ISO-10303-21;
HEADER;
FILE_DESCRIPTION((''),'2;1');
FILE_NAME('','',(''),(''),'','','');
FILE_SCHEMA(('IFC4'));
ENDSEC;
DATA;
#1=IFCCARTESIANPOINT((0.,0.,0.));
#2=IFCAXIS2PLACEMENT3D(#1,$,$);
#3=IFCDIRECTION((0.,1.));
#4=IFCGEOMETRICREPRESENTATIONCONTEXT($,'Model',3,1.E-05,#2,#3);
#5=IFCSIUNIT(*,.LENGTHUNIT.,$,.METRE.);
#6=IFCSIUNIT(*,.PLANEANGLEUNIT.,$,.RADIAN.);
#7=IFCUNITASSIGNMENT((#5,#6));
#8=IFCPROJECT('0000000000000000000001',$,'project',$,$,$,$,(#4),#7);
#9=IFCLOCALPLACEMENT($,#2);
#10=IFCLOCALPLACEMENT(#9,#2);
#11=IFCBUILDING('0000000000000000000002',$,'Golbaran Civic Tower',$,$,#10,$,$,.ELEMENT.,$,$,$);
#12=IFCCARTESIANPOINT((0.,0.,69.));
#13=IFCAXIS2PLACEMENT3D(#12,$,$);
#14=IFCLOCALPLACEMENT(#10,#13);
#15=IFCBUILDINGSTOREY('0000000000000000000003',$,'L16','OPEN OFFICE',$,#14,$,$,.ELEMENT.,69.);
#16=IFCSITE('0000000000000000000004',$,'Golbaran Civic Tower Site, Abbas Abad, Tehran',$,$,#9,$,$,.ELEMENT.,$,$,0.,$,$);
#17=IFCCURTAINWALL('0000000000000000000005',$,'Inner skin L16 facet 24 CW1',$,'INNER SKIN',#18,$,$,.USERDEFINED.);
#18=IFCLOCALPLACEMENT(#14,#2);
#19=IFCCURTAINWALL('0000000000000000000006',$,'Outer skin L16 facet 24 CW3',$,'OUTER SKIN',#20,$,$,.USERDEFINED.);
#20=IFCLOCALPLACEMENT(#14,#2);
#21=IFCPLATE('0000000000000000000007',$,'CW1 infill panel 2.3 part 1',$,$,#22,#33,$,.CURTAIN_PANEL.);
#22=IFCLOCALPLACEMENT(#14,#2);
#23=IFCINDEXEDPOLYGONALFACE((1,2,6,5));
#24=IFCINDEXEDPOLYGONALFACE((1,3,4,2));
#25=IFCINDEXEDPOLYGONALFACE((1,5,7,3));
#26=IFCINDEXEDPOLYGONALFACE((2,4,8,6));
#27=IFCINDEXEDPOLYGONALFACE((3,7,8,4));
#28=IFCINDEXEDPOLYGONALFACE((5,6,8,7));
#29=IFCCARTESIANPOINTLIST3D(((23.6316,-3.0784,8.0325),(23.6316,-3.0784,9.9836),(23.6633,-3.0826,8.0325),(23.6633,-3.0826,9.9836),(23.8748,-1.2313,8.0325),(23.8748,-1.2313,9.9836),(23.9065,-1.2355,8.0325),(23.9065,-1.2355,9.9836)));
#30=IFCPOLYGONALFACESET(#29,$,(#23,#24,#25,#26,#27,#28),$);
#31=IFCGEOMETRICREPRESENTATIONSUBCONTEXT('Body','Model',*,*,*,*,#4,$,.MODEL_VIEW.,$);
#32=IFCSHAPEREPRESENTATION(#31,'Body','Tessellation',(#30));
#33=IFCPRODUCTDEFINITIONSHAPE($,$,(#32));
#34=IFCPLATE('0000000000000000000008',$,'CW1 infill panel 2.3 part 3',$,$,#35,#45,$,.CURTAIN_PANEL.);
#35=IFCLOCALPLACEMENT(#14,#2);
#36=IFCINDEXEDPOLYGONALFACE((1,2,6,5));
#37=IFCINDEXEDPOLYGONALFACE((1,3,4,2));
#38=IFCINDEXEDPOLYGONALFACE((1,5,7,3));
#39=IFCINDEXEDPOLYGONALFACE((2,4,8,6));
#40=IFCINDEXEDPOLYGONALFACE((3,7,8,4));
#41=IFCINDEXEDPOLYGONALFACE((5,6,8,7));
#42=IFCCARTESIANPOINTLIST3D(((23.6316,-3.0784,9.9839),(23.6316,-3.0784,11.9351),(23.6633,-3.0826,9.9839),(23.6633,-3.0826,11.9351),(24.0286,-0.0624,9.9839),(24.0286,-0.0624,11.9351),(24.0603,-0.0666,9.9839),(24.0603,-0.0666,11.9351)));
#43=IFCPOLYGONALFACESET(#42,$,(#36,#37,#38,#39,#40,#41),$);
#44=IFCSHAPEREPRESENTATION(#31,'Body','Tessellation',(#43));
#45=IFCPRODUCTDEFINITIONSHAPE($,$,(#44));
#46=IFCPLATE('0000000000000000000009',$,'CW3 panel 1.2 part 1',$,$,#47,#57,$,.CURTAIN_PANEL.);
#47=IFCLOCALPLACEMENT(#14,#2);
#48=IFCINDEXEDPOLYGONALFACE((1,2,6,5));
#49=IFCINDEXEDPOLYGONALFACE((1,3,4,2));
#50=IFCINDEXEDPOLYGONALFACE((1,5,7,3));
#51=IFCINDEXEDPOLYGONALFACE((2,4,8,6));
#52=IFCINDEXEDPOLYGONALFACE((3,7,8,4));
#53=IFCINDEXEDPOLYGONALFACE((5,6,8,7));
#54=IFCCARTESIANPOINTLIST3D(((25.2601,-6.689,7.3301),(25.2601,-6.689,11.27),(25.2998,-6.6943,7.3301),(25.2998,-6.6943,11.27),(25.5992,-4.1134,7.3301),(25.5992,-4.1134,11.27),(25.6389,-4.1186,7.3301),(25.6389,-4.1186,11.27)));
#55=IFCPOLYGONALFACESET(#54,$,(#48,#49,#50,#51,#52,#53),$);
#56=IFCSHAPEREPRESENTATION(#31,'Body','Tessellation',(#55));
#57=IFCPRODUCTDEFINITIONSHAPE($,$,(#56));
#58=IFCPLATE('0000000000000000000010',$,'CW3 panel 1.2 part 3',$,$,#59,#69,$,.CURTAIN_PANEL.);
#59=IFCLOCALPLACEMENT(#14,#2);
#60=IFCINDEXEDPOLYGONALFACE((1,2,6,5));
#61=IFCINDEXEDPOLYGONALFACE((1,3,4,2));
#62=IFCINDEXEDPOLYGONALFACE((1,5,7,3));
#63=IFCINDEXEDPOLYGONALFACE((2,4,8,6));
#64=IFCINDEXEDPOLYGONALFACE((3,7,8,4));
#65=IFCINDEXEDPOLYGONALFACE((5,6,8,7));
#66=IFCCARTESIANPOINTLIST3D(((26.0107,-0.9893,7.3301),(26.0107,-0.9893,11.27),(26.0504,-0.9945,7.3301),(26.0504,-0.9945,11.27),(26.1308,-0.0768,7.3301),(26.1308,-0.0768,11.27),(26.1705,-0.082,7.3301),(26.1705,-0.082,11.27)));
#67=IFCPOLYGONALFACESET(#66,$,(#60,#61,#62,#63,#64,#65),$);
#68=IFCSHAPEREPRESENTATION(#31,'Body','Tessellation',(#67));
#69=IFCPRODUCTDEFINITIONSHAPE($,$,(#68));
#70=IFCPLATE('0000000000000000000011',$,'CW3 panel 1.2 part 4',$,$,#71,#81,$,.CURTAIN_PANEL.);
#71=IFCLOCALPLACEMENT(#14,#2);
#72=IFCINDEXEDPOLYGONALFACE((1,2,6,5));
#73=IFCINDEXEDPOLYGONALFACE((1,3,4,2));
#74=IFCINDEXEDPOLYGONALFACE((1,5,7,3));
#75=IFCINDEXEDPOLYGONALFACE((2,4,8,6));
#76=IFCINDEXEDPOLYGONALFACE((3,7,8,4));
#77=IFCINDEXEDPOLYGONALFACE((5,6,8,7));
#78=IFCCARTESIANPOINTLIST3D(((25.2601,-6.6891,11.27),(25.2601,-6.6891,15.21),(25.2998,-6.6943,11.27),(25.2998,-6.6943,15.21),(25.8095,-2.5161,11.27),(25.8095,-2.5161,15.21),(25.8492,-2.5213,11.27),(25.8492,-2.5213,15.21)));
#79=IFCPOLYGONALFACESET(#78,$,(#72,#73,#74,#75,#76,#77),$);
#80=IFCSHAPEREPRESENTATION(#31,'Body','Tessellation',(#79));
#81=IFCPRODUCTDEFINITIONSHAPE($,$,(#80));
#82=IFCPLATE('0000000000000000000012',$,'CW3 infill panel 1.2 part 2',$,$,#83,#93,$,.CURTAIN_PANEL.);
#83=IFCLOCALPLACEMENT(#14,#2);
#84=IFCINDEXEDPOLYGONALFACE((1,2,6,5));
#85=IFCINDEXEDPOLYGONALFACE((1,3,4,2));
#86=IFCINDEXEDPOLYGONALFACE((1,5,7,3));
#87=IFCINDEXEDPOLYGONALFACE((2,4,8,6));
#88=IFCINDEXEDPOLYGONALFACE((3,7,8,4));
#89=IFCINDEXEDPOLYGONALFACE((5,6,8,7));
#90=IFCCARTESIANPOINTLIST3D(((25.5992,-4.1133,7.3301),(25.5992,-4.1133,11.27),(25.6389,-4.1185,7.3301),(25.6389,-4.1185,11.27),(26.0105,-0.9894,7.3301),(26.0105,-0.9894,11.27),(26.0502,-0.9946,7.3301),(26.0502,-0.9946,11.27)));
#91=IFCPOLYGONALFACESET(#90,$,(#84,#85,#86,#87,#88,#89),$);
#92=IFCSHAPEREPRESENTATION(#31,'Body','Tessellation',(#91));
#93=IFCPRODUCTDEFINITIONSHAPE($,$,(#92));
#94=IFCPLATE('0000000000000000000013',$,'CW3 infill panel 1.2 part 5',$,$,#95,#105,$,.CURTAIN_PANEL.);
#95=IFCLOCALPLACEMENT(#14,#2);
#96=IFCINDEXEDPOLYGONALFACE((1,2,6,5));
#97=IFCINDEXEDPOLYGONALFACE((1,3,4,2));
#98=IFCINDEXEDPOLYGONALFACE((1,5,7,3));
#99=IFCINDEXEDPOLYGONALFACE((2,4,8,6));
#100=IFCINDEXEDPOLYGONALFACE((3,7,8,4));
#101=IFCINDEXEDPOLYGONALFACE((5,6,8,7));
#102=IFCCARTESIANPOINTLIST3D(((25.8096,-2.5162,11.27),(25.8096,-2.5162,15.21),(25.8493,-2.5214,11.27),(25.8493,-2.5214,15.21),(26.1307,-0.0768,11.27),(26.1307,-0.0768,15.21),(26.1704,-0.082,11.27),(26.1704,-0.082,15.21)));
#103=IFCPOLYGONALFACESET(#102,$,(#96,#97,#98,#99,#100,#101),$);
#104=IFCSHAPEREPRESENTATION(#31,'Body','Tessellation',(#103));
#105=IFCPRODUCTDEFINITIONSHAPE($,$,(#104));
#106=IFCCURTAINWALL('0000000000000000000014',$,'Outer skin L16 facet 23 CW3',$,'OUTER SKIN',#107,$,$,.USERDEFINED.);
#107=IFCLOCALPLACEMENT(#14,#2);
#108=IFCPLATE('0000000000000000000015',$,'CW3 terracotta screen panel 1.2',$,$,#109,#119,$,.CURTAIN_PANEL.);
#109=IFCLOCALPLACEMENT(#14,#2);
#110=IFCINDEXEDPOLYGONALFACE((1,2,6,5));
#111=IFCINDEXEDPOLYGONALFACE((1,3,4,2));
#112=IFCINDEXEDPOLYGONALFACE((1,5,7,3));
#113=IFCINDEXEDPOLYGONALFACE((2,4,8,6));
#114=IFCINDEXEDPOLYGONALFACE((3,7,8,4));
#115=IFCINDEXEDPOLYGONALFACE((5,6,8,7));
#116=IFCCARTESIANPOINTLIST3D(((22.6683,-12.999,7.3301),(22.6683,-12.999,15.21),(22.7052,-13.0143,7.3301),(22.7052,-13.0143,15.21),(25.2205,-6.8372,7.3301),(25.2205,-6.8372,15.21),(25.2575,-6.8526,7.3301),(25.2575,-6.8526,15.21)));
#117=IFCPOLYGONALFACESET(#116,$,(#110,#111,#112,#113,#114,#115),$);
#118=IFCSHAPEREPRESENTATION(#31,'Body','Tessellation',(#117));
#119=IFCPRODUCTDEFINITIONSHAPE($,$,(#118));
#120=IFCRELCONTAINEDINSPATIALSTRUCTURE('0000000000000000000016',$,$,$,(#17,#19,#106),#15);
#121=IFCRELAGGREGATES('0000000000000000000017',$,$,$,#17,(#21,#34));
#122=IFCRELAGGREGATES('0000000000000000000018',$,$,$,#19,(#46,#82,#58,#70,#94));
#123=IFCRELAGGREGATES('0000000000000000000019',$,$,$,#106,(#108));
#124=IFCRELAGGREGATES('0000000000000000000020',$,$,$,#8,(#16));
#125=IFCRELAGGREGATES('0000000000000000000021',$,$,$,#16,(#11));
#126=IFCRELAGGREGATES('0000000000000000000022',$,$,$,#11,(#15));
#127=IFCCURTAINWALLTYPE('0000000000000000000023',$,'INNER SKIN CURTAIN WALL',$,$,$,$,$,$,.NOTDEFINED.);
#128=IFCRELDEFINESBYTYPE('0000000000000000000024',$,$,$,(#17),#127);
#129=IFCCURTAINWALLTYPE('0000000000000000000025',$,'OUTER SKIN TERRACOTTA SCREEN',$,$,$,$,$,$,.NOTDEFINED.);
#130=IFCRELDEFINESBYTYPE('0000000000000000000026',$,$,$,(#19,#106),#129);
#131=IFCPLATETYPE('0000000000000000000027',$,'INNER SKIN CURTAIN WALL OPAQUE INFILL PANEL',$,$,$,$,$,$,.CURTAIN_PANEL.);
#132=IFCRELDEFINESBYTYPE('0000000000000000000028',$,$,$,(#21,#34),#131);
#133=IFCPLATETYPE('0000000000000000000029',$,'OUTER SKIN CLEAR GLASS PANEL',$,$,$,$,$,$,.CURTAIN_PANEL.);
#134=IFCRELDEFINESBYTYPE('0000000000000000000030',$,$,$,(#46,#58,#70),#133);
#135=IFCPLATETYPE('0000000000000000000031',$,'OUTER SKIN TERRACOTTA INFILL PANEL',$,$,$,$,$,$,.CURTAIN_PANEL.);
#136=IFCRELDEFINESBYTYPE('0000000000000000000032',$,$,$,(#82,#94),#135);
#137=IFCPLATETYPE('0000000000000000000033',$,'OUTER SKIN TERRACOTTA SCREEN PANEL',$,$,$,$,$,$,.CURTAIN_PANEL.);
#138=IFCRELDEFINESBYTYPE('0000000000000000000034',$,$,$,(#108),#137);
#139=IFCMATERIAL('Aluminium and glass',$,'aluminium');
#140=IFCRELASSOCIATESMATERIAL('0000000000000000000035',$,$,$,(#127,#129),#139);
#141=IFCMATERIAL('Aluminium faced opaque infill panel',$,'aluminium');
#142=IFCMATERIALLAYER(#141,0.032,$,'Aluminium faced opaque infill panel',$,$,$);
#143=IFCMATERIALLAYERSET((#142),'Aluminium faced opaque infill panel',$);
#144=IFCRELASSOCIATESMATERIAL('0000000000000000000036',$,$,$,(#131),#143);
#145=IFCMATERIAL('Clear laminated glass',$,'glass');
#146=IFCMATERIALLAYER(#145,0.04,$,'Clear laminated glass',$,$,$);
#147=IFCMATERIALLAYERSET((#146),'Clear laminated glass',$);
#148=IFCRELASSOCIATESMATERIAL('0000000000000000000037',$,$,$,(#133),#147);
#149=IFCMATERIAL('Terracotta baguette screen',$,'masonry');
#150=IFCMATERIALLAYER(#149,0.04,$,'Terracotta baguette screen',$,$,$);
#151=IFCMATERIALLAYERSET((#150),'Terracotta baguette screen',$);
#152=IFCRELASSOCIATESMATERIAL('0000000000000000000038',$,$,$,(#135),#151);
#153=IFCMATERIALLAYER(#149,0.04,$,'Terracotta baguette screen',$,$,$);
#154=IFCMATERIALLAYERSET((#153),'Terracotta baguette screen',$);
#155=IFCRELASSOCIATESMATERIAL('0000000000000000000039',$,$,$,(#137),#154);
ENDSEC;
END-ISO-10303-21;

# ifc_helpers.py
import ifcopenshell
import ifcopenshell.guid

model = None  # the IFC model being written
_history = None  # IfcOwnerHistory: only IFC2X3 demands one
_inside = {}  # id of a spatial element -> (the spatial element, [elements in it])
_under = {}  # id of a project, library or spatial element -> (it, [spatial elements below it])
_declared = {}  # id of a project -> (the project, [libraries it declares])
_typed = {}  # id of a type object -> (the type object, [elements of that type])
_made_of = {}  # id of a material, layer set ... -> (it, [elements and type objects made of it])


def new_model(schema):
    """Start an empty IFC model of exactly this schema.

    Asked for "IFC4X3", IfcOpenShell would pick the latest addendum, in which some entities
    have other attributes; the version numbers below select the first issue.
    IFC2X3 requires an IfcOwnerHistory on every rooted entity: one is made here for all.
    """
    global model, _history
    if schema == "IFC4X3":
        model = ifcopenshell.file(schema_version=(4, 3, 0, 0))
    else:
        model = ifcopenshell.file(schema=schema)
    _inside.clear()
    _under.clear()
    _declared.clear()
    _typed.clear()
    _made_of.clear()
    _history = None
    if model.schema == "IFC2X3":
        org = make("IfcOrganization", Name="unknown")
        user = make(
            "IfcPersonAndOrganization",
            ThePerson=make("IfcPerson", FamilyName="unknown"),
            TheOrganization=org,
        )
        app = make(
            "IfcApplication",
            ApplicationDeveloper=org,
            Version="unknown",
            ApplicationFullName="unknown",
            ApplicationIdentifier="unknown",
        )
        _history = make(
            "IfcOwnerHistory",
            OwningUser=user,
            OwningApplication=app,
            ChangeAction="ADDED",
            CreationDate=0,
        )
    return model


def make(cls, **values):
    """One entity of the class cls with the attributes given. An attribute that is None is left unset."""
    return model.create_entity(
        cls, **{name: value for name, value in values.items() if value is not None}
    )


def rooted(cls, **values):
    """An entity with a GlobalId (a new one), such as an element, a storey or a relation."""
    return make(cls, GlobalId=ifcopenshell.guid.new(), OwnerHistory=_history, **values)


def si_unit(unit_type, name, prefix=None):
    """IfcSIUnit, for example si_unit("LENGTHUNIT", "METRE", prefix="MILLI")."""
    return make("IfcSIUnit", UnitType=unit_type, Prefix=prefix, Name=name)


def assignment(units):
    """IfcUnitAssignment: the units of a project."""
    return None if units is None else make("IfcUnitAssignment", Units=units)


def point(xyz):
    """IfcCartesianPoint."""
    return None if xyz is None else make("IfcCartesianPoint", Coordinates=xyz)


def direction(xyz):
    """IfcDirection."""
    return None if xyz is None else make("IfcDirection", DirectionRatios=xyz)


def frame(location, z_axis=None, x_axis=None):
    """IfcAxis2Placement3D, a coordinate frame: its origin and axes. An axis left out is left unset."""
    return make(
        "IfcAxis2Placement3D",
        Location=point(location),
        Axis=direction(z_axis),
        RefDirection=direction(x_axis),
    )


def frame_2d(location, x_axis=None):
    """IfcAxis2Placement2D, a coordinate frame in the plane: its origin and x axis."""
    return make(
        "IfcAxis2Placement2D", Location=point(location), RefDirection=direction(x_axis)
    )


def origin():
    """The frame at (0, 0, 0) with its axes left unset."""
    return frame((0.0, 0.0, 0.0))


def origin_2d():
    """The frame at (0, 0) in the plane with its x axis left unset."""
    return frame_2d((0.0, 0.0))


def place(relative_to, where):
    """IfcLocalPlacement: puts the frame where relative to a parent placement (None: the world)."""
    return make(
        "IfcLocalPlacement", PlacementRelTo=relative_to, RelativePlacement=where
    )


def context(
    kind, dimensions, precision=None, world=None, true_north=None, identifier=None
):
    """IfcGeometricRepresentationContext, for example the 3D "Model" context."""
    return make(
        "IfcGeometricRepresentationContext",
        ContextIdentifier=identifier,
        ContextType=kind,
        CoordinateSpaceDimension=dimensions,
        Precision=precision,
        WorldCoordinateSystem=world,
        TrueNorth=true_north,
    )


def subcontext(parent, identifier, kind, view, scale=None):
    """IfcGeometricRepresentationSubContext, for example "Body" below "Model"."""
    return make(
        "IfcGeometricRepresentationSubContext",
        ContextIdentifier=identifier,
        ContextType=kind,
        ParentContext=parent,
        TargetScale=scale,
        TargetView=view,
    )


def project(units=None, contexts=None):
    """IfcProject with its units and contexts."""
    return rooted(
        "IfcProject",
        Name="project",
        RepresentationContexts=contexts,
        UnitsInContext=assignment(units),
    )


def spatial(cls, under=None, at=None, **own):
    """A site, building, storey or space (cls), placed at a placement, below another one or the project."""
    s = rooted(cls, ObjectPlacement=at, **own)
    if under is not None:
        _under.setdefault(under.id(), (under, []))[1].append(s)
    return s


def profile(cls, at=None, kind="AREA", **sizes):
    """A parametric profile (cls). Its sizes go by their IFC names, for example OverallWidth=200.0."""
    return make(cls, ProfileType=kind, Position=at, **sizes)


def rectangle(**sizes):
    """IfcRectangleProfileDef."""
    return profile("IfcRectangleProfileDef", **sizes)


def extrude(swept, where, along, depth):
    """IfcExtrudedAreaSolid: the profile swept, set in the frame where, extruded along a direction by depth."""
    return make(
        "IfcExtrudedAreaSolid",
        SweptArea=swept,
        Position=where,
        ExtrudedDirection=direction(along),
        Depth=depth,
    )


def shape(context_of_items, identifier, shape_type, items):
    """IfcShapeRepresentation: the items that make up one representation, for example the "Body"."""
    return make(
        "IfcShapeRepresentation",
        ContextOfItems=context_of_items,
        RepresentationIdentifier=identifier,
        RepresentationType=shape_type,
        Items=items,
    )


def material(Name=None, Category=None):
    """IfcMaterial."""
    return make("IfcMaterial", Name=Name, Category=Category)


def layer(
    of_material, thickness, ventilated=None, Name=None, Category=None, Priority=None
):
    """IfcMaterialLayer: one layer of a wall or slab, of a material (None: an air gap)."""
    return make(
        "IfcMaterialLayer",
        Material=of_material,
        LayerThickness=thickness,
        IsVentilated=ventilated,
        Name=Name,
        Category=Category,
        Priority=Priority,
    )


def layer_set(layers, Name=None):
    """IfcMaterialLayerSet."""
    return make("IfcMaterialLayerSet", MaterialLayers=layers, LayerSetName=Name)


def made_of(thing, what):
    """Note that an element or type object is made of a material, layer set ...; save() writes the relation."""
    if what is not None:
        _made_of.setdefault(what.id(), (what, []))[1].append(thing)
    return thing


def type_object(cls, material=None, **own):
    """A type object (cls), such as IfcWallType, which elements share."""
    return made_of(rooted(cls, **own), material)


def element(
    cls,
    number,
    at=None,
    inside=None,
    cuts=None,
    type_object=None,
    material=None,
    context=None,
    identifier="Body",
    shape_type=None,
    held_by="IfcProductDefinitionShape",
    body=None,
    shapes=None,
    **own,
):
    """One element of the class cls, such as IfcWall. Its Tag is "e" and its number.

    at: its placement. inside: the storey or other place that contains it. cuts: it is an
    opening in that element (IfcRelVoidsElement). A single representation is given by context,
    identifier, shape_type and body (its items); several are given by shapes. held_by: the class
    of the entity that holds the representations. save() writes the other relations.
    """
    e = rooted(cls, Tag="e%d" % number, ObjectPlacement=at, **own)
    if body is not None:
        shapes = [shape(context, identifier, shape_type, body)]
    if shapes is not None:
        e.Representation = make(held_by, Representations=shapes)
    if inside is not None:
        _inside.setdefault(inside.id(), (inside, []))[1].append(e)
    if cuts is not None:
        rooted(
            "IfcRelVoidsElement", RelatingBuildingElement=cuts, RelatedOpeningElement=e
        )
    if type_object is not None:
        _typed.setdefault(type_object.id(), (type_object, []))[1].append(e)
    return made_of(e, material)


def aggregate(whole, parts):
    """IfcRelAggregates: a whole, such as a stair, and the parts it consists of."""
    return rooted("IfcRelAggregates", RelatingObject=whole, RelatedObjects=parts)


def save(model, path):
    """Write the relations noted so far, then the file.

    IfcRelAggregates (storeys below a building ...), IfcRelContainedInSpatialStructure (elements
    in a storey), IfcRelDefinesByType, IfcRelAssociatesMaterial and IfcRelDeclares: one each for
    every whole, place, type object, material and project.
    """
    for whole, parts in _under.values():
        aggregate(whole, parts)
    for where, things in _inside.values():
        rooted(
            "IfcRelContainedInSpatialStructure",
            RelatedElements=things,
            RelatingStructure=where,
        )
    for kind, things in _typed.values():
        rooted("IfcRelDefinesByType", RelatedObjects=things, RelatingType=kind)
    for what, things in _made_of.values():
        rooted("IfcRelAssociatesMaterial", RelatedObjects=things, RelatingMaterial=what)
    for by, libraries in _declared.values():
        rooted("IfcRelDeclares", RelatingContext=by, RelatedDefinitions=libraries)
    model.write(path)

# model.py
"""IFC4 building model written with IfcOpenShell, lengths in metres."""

from ifc_helpers import new_model, si_unit, direction, frame, origin, origin_2d, place, context, subcontext, project, spatial, rectangle, extrude, material, layer, layer_set, type_object, element, aggregate, save


model = new_model("IFC4")

# Units and contexts
model_context = context("Model", 3, precision=1e-05, world=origin(), true_north=direction((0.0, 1.0)))
body_context = subcontext(model_context, "Body", "Model", "MODEL_VIEW")
ifc_project = project(units=[si_unit("LENGTHUNIT", "METRE"), si_unit("PLANEANGLEUNIT", "RADIAN")], contexts=[model_context])

# Site, building, storey
site_placement = place(None, origin())
site = spatial("IfcSite", under=ifc_project, at=site_placement, Name="Golbaran Civic Tower Site, Abbas Abad, Tehran", CompositionType="ELEMENT", RefElevation=0.0)
building_placement = place(site_placement, origin())
building = spatial("IfcBuilding", under=site, at=building_placement, Name="Golbaran Civic Tower", CompositionType="ELEMENT")
storey_placement = place(building_placement, frame((0.0, 0.0, 69.0)))
storey = spatial("IfcBuildingStorey", under=building, at=storey_placement, Name="L16", Description="OPEN OFFICE", CompositionType="ELEMENT", Elevation=69.0)

# Curtain walls
ifc_material_1 = material(Name="Aluminium and glass", Category="aluminium")
curtain_wall_type_1 = type_object("IfcCurtainWallType", Name="INNER SKIN CURTAIN WALL", PredefinedType="NOTDEFINED", material=ifc_material_1)
curtain_wall_1_placement = place(storey_placement, origin())
curtain_wall_1 = element("IfcCurtainWall", 1, at=curtain_wall_1_placement, inside=storey, type_object=curtain_wall_type_1, Name="Inner skin L16 facet 24 CW1", ObjectType="INNER SKIN", PredefinedType="USERDEFINED")
curtain_wall_type_2 = type_object("IfcCurtainWallType", Name="OUTER SKIN TERRACOTTA SCREEN", PredefinedType="NOTDEFINED", material=ifc_material_1)
curtain_wall_2_placement = place(storey_placement, origin())
curtain_wall_2 = element("IfcCurtainWall", 2, at=curtain_wall_2_placement, inside=storey, type_object=curtain_wall_type_2, Name="Outer skin L16 facet 24 CW3", ObjectType="OUTER SKIN", PredefinedType="USERDEFINED")

# Plates
ifc_material_2 = material(Name="Aluminium faced opaque infill panel", Category="aluminium")
ifc_layer_1 = layer(ifc_material_2, 0.032, Name="Aluminium faced opaque infill panel")
ifc_layer_set_1 = layer_set([ifc_layer_1], Name="Aluminium faced opaque infill panel")
plate_type_1 = type_object("IfcPlateType", Name="INNER SKIN CURTAIN WALL OPAQUE INFILL PANEL", PredefinedType="CURTAIN_PANEL", material=ifc_layer_set_1)
plate_1_placement = place(storey_placement, frame((23.769, -2.157, 8.0325), z_axis=(0.0, 0.0, 1.0), x_axis=(0.130526, 0.991445, 0.0)))
plate_1 = element("IfcPlate", 3, at=plate_1_placement, type_object=plate_type_1, Name="CW1 infill panel 2.3 part 1", PredefinedType="CURTAIN_PANEL", context=body_context, shape_type="SweptSolid", body=[
    extrude(rectangle(XDim=1.863, YDim=0.032, at=origin_2d()), origin(), (0.0, 0.0, 1.0), 1.9512),
])
plate_2_placement = place(storey_placement, frame((23.8459, -1.5725, 9.9839), z_axis=(0.0, 0.0, 1.0), x_axis=(0.130526, 0.991445, 0.0)))
plate_2 = element("IfcPlate", 4, at=plate_2_placement, type_object=plate_type_1, Name="CW1 infill panel 2.3 part 3", PredefinedType="CURTAIN_PANEL", context=body_context, shape_type="SweptSolid", body=[
    extrude(rectangle(XDim=3.042, YDim=0.032, at=origin_2d()), origin(), (0.0, 0.0, 1.0), 1.9512),
])
aggregate(curtain_wall_1, [plate_1, plate_2])
ifc_material_3 = material(Name="Clear laminated glass", Category="glass")
ifc_layer_2 = layer(ifc_material_3, 0.04, Name="Clear laminated glass")
ifc_layer_set_2 = layer_set([ifc_layer_2], Name="Clear laminated glass")
plate_type_2 = type_object("IfcPlateType", Name="OUTER SKIN CLEAR GLASS PANEL", PredefinedType="CURTAIN_PANEL", material=ifc_layer_set_2)
plate_3_placement = place(storey_placement, frame((25.4495, -5.4038, 7.3301), z_axis=(0.0, 0.0, 1.0), x_axis=(0.130526, 0.991445, 0.0)))
plate_3 = element("IfcPlate", 5, at=plate_3_placement, type_object=plate_type_2, Name="CW3 panel 1.2 part 1", PredefinedType="CURTAIN_PANEL", context=body_context, shape_type="SweptSolid", body=[
    extrude(rectangle(XDim=2.5979, YDim=0.04, at=origin_2d()), origin(), (0.0, 0.0, 1.0), 3.9399),
])
plate_4_placement = place(storey_placement, frame((26.0906, -0.5356, 7.3301), z_axis=(0.0, 0.0, 1.0), x_axis=(0.130526, 0.991445, 0.0)))
plate_4 = element("IfcPlate", 6, at=plate_4_placement, type_object=plate_type_2, Name="CW3 panel 1.2 part 3", PredefinedType="CURTAIN_PANEL", context=body_context, shape_type="SweptSolid", body=[
    extrude(rectangle(XDim=0.9204, YDim=0.04, at=origin_2d()), origin(), (0.0, 0.0, 1.0), 3.9399),
])
plate_5_placement = place(storey_placement, frame((25.5547, -4.6052, 11.27), z_axis=(0.0, 0.0, 1.0), x_axis=(0.130526, 0.991445, 0.0)))
plate_5 = element("IfcPlate", 7, at=plate_5_placement, type_object=plate_type_2, Name="CW3 panel 1.2 part 4", PredefinedType="CURTAIN_PANEL", context=body_context, shape_type="SweptSolid", body=[
    extrude(rectangle(XDim=4.209, YDim=0.04, at=origin_2d()), origin(), (0.0, 0.0, 1.0), 3.9399),
])
ifc_material_4 = material(Name="Terracotta baguette screen", Category="masonry")
ifc_layer_3 = layer(ifc_material_4, 0.04, Name="Terracotta baguette screen")
ifc_layer_set_3 = layer_set([ifc_layer_3], Name="Terracotta baguette screen")
plate_type_3 = type_object("IfcPlateType", Name="OUTER SKIN TERRACOTTA INFILL PANEL", PredefinedType="CURTAIN_PANEL", material=ifc_layer_set_3)
plate_6_placement = place(storey_placement, frame((25.8247, -2.554, 7.3301), z_axis=(0.0, 0.0, 1.0), x_axis=(0.130526, 0.991445, 0.0)))
plate_6 = element("IfcPlate", 8, at=plate_6_placement, type_object=plate_type_3, Name="CW3 infill panel 1.2 part 2", PredefinedType="CURTAIN_PANEL", context=body_context, shape_type="SweptSolid", body=[
    extrude(rectangle(XDim=3.1509, YDim=0.04, at=origin_2d()), origin(), (0.0, 0.0, 1.0), 3.9399),
])
plate_7_placement = place(storey_placement, frame((25.99, -1.2991, 11.27), z_axis=(0.0, 0.0, 1.0), x_axis=(0.130526, 0.991445, 0.0)))
plate_7 = element("IfcPlate", 9, at=plate_7_placement, type_object=plate_type_3, Name="CW3 infill panel 1.2 part 5", PredefinedType="CURTAIN_PANEL", context=body_context, shape_type="SweptSolid", body=[
    extrude(rectangle(XDim=2.4604, YDim=0.04, at=origin_2d()), origin(), (0.0, 0.0, 1.0), 3.9399),
])
aggregate(curtain_wall_2, [plate_3, plate_6, plate_4, plate_5, plate_7])

# Curtain wall, plate
curtain_wall_3_placement = place(storey_placement, origin())
curtain_wall_3 = element("IfcCurtainWall", 10, at=curtain_wall_3_placement, inside=storey, type_object=curtain_wall_type_2, Name="Outer skin L16 facet 23 CW3", ObjectType="OUTER SKIN", PredefinedType="USERDEFINED")
ifc_layer_4 = layer(ifc_material_4, 0.04, Name="Terracotta baguette screen")
ifc_layer_set_4 = layer_set([ifc_layer_4], Name="Terracotta baguette screen")
plate_type_4 = type_object("IfcPlateType", Name="OUTER SKIN TERRACOTTA SCREEN PANEL", PredefinedType="CURTAIN_PANEL", material=ifc_layer_set_4)
plate_8_placement = place(storey_placement, frame((23.9629, -9.9258, 7.3301), z_axis=(0.0, 0.0, 1.0), x_axis=(0.382683, 0.92388, 0.0)))
plate_8 = element("IfcPlate", 11, at=plate_8_placement, type_object=plate_type_4, Name="CW3 terracotta screen panel 1.2", PredefinedType="CURTAIN_PANEL", context=body_context, shape_type="SweptSolid", body=[
    extrude(rectangle(XDim=6.6694, YDim=0.04, at=origin_2d()), origin(), (0.0, 0.0, 1.0), 7.8799),
])
aggregate(curtain_wall_3, [plate_8])

save(model, "model.ifc")
